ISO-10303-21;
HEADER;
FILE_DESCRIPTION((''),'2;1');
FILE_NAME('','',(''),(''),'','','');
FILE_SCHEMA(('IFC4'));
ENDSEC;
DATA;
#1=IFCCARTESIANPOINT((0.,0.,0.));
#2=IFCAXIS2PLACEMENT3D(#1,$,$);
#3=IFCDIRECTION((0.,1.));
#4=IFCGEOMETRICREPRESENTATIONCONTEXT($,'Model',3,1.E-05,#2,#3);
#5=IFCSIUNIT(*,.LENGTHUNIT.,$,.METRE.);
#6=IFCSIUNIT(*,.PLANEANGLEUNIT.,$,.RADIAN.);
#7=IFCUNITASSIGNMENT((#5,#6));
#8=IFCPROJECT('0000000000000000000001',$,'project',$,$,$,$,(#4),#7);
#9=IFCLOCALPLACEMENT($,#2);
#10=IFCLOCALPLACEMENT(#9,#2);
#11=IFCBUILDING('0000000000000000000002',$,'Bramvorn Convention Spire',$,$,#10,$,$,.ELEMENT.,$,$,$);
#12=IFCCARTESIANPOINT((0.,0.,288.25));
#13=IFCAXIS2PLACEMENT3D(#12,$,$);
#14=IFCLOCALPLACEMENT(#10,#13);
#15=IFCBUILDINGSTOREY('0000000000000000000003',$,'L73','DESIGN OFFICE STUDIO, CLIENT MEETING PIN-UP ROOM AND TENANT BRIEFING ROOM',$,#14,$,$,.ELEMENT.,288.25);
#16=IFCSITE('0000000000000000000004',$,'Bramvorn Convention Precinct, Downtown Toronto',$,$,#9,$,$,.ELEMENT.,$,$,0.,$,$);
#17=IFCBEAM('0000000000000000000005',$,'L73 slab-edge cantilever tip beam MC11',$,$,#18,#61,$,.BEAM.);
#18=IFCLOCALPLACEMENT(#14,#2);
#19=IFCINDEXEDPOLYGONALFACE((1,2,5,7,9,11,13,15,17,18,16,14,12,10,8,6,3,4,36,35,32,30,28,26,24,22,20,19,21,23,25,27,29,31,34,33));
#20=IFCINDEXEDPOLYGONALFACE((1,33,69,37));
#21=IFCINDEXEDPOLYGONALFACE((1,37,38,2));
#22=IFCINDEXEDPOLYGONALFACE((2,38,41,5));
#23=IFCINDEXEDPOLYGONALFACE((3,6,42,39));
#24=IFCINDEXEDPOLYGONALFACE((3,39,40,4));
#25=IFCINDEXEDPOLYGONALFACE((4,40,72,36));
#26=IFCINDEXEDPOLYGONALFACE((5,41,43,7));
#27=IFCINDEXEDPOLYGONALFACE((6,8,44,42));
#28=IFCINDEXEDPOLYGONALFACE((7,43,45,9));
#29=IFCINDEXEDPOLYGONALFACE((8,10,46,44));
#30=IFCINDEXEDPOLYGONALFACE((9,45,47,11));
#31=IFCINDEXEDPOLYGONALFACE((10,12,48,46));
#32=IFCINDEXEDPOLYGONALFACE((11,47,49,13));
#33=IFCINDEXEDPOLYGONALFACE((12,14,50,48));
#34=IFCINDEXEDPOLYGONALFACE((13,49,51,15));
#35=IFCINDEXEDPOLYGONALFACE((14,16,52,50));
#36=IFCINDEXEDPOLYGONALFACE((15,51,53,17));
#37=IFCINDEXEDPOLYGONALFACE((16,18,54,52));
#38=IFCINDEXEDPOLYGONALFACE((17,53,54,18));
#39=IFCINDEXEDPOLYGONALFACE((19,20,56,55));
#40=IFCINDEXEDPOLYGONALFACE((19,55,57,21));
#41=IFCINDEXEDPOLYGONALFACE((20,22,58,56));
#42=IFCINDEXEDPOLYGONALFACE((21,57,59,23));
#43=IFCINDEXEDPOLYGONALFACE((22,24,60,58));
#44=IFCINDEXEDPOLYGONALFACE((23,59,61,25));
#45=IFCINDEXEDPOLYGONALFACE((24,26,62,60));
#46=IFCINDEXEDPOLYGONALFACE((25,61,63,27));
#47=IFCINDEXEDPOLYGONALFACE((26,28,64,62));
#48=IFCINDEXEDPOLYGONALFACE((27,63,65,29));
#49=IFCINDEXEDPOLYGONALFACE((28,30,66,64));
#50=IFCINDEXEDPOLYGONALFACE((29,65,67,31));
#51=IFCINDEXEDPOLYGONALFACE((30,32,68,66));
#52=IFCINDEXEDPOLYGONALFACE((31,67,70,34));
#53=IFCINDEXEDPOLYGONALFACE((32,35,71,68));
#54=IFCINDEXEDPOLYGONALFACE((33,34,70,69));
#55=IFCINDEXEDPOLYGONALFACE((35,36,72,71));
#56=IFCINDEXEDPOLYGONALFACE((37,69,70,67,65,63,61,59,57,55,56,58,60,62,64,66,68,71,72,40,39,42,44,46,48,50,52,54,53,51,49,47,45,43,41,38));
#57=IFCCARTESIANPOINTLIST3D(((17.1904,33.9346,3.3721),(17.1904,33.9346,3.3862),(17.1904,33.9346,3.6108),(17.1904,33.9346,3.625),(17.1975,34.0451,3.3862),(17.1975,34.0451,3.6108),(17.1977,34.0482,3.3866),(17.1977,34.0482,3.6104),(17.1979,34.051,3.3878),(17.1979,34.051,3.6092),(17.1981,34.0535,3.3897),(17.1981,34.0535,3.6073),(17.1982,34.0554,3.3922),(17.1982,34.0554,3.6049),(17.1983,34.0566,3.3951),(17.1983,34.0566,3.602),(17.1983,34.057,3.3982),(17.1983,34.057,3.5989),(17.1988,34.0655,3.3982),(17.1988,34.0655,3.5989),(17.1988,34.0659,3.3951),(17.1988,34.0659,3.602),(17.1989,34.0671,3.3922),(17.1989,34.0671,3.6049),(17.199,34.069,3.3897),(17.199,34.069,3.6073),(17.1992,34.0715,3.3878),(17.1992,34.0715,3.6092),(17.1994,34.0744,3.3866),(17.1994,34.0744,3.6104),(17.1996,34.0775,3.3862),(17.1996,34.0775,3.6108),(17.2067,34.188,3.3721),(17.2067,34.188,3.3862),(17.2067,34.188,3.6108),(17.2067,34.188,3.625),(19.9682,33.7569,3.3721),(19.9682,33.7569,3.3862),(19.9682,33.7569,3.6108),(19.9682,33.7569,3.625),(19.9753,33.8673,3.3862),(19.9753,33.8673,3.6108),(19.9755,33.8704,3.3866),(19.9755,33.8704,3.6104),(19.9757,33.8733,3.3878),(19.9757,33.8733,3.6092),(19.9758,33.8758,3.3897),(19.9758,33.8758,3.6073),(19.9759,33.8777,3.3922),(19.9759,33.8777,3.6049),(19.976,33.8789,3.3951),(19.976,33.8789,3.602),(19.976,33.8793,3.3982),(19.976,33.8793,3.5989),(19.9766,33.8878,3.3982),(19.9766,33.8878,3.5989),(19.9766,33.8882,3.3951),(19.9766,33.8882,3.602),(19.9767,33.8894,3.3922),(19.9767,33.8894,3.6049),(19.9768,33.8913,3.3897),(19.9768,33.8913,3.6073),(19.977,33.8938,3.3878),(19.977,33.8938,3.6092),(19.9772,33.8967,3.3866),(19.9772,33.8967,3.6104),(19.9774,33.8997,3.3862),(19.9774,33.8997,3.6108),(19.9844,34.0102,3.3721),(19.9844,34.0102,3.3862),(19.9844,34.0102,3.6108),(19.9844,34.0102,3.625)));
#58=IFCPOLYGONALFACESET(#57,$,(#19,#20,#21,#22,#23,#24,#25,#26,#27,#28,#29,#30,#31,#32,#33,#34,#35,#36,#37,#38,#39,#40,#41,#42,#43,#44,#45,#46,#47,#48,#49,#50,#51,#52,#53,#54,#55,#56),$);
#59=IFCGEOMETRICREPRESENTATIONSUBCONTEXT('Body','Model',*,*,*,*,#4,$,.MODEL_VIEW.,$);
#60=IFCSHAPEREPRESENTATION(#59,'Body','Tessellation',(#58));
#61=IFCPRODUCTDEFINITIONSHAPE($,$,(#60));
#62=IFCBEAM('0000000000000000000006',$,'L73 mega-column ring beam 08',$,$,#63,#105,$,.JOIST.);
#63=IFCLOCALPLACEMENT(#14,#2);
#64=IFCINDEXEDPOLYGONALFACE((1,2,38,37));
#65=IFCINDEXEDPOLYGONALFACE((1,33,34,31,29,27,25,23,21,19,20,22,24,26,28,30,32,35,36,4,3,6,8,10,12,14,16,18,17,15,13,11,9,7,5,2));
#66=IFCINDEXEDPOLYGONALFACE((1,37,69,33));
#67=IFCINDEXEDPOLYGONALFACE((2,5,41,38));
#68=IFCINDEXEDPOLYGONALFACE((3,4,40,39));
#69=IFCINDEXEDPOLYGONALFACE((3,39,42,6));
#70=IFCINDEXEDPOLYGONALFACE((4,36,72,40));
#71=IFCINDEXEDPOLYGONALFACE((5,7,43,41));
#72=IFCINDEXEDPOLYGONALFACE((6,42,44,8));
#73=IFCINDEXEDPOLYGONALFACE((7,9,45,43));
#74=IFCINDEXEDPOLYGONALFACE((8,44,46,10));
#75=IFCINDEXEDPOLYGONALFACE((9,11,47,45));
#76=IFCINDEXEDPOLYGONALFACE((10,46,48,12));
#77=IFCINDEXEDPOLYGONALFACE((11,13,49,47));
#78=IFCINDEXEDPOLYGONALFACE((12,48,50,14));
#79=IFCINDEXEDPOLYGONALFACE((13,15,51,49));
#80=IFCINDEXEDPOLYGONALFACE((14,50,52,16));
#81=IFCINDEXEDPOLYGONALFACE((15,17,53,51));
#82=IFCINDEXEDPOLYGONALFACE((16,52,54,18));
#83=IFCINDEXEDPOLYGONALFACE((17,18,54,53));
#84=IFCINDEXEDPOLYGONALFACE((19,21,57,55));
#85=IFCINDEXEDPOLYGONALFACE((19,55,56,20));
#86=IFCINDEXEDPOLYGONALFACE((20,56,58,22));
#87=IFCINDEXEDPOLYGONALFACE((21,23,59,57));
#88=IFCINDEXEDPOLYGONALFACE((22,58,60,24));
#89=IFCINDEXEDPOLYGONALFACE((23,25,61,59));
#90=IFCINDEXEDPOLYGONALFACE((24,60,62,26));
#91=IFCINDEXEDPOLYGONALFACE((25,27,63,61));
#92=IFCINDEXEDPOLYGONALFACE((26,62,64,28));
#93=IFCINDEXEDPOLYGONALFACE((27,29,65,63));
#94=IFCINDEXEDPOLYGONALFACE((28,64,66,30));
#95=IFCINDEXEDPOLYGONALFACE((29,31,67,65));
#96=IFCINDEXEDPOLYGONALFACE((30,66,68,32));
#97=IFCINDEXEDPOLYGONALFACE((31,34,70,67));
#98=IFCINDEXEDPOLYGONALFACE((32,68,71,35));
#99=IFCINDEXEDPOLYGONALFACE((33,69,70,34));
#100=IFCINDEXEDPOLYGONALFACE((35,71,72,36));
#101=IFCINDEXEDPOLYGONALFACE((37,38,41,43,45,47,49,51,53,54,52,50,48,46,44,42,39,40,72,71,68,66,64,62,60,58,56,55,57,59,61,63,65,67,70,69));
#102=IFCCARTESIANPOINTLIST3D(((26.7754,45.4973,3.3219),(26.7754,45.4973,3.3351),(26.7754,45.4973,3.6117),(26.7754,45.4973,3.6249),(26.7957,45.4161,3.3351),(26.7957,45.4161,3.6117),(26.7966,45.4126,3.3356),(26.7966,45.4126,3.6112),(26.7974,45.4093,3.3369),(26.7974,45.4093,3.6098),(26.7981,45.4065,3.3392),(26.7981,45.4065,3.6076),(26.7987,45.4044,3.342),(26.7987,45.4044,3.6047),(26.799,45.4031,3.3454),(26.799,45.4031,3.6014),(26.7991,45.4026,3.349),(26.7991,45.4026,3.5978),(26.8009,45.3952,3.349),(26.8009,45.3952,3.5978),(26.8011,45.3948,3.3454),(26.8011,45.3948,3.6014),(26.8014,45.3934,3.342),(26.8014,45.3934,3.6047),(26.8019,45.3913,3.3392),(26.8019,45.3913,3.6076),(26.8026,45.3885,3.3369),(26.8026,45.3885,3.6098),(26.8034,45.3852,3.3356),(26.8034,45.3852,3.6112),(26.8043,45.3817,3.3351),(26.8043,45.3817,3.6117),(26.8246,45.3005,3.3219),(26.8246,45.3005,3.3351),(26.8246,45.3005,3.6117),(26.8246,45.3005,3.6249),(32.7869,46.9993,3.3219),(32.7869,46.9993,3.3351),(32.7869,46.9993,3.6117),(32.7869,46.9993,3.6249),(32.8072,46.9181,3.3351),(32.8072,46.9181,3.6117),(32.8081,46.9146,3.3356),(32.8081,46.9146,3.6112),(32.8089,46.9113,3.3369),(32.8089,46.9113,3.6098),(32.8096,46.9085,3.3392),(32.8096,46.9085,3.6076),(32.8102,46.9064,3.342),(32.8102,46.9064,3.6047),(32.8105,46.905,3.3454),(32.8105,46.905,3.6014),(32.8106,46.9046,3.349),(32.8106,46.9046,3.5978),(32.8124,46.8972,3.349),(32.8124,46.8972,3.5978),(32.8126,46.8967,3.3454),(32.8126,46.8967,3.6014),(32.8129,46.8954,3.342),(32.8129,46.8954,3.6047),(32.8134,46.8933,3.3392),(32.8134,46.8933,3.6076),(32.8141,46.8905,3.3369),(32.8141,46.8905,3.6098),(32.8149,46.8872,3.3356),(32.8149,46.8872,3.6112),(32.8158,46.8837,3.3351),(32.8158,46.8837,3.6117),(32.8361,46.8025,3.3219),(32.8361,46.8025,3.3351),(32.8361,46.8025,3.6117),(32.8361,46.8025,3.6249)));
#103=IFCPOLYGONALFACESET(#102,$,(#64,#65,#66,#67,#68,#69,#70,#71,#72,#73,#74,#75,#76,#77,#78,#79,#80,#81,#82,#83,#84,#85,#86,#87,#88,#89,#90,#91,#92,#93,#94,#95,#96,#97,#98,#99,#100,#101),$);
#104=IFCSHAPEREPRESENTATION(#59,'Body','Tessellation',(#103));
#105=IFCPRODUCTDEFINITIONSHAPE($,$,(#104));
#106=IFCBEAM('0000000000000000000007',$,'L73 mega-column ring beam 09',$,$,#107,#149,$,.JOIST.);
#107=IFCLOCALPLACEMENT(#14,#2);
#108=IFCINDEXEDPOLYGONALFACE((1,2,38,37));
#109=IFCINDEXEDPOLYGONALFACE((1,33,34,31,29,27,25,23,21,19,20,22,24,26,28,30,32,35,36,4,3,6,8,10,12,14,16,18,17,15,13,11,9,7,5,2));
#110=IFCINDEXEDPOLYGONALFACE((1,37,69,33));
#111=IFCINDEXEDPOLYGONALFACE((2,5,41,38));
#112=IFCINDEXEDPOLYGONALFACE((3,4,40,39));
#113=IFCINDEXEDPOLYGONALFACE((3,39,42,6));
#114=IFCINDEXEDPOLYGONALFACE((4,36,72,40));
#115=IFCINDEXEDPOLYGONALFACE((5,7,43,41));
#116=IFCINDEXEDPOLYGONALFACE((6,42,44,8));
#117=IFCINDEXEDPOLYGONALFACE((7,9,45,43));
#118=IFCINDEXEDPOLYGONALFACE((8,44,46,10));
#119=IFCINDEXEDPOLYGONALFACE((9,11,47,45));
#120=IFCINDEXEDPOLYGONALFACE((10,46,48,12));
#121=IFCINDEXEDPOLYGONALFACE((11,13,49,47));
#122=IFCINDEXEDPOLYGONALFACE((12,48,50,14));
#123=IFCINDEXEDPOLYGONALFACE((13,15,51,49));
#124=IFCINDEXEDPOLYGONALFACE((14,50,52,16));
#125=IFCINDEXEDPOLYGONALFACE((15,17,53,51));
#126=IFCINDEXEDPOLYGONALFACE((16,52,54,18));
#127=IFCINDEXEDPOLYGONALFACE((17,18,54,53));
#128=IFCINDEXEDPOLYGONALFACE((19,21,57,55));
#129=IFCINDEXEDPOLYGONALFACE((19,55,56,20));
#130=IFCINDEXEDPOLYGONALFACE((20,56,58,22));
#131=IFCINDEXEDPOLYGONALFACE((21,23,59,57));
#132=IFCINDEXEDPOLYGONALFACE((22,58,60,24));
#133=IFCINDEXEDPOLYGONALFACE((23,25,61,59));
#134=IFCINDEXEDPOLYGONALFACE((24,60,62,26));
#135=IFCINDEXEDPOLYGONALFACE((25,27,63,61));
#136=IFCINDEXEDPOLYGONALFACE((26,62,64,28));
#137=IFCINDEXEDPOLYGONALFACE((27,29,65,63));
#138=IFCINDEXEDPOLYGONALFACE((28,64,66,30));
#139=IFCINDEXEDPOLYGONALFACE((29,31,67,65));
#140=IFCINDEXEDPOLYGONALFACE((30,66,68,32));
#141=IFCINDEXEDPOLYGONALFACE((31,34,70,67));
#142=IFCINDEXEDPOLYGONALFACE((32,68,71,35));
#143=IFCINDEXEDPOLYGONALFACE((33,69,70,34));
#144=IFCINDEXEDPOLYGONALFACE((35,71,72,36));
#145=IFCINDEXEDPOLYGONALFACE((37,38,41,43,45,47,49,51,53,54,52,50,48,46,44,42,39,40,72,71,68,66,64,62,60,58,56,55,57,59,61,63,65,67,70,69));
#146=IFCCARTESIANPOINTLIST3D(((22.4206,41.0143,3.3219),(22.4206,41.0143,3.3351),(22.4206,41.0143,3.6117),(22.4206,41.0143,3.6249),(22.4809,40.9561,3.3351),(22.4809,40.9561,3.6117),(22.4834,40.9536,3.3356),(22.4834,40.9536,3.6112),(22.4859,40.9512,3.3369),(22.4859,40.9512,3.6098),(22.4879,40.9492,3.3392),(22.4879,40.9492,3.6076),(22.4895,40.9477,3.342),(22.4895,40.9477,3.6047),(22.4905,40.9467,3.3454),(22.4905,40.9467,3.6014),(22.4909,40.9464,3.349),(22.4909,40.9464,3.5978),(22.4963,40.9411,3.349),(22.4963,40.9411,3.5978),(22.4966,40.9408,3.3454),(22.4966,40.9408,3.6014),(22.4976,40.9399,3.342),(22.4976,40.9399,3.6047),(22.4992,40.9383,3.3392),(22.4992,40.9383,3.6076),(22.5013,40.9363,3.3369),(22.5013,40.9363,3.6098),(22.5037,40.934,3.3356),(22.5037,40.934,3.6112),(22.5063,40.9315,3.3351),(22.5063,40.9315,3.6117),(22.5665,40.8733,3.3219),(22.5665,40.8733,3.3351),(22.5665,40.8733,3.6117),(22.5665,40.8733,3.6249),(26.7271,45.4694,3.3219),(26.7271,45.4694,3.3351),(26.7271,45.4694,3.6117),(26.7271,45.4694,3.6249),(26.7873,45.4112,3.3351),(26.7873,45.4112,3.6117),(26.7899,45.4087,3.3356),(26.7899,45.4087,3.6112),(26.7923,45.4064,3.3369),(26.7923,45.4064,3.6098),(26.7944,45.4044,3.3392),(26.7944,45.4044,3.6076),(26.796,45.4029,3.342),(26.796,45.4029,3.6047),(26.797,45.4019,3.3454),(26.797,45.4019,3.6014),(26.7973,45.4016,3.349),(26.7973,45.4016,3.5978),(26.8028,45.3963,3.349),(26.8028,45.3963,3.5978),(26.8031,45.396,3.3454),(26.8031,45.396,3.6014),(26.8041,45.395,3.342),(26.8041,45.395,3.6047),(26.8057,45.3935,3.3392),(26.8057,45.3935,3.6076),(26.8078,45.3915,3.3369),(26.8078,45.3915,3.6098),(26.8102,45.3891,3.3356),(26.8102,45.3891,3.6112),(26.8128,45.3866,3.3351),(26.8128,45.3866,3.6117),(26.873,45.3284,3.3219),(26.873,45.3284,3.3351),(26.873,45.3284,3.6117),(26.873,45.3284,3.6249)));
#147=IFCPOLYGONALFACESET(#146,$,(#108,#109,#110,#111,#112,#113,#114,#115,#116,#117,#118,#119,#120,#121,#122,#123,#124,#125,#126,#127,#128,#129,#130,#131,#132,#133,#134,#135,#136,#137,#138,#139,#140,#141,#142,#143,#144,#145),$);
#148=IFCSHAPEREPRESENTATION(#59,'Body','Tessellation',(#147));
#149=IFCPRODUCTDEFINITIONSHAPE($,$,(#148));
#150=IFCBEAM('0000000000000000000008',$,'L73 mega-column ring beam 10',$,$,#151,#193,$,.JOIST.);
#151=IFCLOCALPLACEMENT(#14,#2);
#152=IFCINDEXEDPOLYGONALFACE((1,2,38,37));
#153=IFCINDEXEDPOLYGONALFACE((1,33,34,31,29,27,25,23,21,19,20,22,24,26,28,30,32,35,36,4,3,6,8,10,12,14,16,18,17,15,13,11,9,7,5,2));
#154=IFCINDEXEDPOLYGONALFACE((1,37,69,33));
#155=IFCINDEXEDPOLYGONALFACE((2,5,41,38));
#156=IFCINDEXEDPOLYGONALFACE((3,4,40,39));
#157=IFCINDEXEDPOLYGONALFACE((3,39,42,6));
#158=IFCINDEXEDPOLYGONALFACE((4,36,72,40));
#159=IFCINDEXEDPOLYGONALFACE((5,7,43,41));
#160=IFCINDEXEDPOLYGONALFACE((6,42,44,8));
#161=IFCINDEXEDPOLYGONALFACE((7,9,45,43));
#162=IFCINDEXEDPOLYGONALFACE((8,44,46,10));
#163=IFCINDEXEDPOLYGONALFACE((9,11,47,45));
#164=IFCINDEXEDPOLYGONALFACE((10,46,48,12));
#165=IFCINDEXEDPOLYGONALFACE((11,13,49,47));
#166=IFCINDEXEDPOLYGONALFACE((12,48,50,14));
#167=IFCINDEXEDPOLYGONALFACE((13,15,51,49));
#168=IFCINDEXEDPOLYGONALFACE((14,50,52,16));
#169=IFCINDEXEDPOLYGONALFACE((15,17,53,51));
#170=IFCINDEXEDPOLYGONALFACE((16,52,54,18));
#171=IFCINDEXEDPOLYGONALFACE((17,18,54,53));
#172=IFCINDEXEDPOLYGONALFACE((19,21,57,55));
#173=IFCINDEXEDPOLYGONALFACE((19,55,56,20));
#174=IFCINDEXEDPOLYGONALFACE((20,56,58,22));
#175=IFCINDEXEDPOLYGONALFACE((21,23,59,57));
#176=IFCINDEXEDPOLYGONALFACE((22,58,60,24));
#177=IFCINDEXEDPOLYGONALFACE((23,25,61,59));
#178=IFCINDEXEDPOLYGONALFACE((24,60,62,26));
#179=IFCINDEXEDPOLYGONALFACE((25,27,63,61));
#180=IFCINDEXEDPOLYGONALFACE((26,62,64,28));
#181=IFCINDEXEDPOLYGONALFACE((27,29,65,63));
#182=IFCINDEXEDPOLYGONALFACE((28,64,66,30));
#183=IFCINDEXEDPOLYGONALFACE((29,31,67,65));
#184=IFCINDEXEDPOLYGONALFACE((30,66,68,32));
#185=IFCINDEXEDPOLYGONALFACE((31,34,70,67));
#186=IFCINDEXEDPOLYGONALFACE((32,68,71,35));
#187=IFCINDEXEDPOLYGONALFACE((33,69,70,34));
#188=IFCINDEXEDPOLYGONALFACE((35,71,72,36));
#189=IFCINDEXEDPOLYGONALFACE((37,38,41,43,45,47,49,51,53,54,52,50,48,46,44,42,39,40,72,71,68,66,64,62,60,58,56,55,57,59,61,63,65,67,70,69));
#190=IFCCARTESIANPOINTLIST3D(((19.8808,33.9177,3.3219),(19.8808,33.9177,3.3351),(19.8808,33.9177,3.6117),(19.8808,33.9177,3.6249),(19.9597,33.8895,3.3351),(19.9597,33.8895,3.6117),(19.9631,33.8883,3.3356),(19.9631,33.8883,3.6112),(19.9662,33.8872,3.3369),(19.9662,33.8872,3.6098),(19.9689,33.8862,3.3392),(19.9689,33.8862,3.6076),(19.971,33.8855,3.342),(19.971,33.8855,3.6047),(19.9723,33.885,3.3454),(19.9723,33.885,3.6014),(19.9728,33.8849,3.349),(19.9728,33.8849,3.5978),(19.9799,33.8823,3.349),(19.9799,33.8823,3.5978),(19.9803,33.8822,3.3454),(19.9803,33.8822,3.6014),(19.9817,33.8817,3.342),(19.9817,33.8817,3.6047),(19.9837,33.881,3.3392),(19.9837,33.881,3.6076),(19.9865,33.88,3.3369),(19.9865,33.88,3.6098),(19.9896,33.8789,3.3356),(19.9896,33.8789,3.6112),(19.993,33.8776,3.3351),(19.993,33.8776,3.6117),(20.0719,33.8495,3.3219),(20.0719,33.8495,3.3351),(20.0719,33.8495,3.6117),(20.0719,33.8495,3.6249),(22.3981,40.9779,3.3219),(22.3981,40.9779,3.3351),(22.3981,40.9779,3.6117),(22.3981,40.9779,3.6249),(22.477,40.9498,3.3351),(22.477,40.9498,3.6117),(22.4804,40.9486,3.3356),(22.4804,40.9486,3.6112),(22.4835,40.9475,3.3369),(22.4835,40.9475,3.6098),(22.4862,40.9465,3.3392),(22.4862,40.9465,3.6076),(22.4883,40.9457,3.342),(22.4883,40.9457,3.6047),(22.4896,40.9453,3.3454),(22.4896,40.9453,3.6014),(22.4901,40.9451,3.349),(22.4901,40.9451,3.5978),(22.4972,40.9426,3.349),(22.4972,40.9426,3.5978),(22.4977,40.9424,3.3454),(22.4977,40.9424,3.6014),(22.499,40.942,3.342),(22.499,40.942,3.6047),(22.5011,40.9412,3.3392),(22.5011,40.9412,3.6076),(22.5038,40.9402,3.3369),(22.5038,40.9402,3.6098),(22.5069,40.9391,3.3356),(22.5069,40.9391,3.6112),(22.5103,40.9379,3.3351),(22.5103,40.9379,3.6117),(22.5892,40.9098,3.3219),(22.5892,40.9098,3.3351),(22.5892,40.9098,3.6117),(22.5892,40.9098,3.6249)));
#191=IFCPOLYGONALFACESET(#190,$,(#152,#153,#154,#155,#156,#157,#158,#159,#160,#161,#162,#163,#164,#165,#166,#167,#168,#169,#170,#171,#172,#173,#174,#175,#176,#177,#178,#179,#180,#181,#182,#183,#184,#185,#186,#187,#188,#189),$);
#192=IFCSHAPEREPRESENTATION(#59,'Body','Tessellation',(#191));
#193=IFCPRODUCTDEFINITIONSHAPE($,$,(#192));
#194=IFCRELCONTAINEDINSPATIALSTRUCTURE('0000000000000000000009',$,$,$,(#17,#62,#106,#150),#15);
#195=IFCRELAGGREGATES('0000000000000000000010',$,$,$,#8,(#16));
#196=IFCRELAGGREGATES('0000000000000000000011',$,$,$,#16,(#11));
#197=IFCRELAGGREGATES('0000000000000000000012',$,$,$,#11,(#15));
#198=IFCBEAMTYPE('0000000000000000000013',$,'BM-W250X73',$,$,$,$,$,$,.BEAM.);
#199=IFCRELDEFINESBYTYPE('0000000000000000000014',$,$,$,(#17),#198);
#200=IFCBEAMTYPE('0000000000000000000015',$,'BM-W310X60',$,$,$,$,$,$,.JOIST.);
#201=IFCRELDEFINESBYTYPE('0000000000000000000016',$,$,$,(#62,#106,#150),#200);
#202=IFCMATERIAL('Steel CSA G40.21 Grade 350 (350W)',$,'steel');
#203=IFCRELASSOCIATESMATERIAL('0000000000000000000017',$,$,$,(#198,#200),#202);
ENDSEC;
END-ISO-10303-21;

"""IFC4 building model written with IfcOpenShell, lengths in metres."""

from ifc_helpers import new_model, si_unit, direction, frame, origin, origin_2d, place, context, subcontext, project, spatial, i_section, extrude, material, material_profile, profile_set, type_object, element, save


model = new_model("IFC4")

# Units and contexts
model_context = context("Model", 3, precision=1e-05, world=origin(), true_north=direction((0.0, 1.0)))
body_context = subcontext(model_context, "Body", "Model", "MODEL_VIEW")
ifc_project = project(units=[si_unit("LENGTHUNIT", "METRE"), si_unit("PLANEANGLEUNIT", "RADIAN")], contexts=[model_context])

# Site, building, storey
site_placement = place(None, origin())
site = spatial("IfcSite", under=ifc_project, at=site_placement, Name="Bramvorn Convention Precinct, Downtown Toronto", CompositionType="ELEMENT", RefElevation=0.0)
building_placement = place(site_placement, origin())
building = spatial("IfcBuilding", under=site, at=building_placement, Name="Bramvorn Convention Spire", CompositionType="ELEMENT")
storey_placement = place(building_placement, frame((0.0, 0.0, 288.25)))
storey = spatial("IfcBuildingStorey", under=building, at=storey_placement, Name="L73", Description="DESIGN OFFICE STUDIO, CLIENT MEETING PIN-UP ROOM AND TENANT BRIEFING ROOM", CompositionType="ELEMENT", Elevation=288.25)

# Shared definitions
ifc_material_1 = material(Name="Steel CSA G40.21 Grade 350 (350W)", Category="steel")

# Beams
ifc_material_profile_1 = material_profile(ifc_material_1, i_section(OverallWidth=0.2539, OverallDepth=0.2529, WebThickness=0.0085, FlangeThickness=0.0142, FilletRadius=0.012, at=origin_2d()))
ifc_profile_set_1 = profile_set([ifc_material_profile_1], Name="Steel CSA G40.21 Grade 350 (350W) - W250X73")
beam_type_1 = type_object("IfcBeamType", Name="BM-W250X73", PredefinedType="BEAM", material=ifc_profile_set_1)
beam_1_placement = place(storey_placement, frame((19.9763, 33.8835, 3.4985), z_axis=(-0.997959, 0.063853, 0.0), x_axis=(-0.063853, -0.997959, 0.0)))
element("IfcBeam", 1, at=beam_1_placement, inside=storey, type_object=beam_type_1, Name="L73 slab-edge cantilever tip beam MC11", PredefinedType="BEAM", context=body_context, shape_type="SweptSolid", body=[
    extrude(i_section(OverallWidth=0.2539, OverallDepth=0.2529, WebThickness=0.0085, FlangeThickness=0.0142, FilletRadius=0.012, at=origin_2d()), origin(), (0.0, 0.0, 1.0), 2.7834),
])
ifc_material_profile_2 = material_profile(ifc_material_1, i_section(OverallWidth=0.2029, OverallDepth=0.303, WebThickness=0.0076, FlangeThickness=0.0132, FilletRadius=0.0139, at=origin_2d()))
ifc_profile_set_2 = profile_set([ifc_material_profile_2], Name="Steel CSA G40.21 Grade 350 (350W) - W310X60")
beam_type_2 = type_object("IfcBeamType", Name="BM-W310X60", PredefinedType="JOIST", material=ifc_profile_set_2)
for number, where, z_axis, x_axis, name in (
    (2, (32.8115, 46.9009, 3.4734), (-0.970177, -0.242397, 0.0), (0.242397, -0.970177, 0.0), "L73 mega-column ring beam 08"),
    (3, (26.8, 45.3989, 3.4734), (-0.695007, -0.719003, 0.0), (0.719003, -0.695007, 0.0), "L73 mega-column ring beam 09"),
):
    element("IfcBeam", number, at=place(storey_placement, frame(where, z_axis=z_axis, x_axis=x_axis)), inside=storey, type_object=beam_type_2, Name=name, PredefinedType="JOIST", context=body_context, shape_type="SweptSolid", body=[
        extrude(i_section(OverallWidth=0.2029, OverallDepth=0.303, WebThickness=0.0076, FlangeThickness=0.0132, FilletRadius=0.0139, at=origin_2d()), origin(), (0.0, 0.0, 1.0), 6.1963),
    ])
beam_2_placement = place(storey_placement, frame((22.4937, 40.9438, 3.4734), z_axis=(-0.335839, -0.941919, 0.0), x_axis=(0.941919, -0.335839, 0.0)))
element("IfcBeam", 4, at=beam_2_placement, inside=storey, type_object=beam_type_2, Name="L73 mega-column ring beam 10", PredefinedType="JOIST", context=body_context, shape_type="SweptSolid", body=[
    extrude(i_section(OverallWidth=0.2029, OverallDepth=0.303, WebThickness=0.0076, FlangeThickness=0.0132, FilletRadius=0.0139, at=origin_2d()), origin(), (0.0, 0.0, 1.0), 7.4956),
])

save(model, "model.ifc")
